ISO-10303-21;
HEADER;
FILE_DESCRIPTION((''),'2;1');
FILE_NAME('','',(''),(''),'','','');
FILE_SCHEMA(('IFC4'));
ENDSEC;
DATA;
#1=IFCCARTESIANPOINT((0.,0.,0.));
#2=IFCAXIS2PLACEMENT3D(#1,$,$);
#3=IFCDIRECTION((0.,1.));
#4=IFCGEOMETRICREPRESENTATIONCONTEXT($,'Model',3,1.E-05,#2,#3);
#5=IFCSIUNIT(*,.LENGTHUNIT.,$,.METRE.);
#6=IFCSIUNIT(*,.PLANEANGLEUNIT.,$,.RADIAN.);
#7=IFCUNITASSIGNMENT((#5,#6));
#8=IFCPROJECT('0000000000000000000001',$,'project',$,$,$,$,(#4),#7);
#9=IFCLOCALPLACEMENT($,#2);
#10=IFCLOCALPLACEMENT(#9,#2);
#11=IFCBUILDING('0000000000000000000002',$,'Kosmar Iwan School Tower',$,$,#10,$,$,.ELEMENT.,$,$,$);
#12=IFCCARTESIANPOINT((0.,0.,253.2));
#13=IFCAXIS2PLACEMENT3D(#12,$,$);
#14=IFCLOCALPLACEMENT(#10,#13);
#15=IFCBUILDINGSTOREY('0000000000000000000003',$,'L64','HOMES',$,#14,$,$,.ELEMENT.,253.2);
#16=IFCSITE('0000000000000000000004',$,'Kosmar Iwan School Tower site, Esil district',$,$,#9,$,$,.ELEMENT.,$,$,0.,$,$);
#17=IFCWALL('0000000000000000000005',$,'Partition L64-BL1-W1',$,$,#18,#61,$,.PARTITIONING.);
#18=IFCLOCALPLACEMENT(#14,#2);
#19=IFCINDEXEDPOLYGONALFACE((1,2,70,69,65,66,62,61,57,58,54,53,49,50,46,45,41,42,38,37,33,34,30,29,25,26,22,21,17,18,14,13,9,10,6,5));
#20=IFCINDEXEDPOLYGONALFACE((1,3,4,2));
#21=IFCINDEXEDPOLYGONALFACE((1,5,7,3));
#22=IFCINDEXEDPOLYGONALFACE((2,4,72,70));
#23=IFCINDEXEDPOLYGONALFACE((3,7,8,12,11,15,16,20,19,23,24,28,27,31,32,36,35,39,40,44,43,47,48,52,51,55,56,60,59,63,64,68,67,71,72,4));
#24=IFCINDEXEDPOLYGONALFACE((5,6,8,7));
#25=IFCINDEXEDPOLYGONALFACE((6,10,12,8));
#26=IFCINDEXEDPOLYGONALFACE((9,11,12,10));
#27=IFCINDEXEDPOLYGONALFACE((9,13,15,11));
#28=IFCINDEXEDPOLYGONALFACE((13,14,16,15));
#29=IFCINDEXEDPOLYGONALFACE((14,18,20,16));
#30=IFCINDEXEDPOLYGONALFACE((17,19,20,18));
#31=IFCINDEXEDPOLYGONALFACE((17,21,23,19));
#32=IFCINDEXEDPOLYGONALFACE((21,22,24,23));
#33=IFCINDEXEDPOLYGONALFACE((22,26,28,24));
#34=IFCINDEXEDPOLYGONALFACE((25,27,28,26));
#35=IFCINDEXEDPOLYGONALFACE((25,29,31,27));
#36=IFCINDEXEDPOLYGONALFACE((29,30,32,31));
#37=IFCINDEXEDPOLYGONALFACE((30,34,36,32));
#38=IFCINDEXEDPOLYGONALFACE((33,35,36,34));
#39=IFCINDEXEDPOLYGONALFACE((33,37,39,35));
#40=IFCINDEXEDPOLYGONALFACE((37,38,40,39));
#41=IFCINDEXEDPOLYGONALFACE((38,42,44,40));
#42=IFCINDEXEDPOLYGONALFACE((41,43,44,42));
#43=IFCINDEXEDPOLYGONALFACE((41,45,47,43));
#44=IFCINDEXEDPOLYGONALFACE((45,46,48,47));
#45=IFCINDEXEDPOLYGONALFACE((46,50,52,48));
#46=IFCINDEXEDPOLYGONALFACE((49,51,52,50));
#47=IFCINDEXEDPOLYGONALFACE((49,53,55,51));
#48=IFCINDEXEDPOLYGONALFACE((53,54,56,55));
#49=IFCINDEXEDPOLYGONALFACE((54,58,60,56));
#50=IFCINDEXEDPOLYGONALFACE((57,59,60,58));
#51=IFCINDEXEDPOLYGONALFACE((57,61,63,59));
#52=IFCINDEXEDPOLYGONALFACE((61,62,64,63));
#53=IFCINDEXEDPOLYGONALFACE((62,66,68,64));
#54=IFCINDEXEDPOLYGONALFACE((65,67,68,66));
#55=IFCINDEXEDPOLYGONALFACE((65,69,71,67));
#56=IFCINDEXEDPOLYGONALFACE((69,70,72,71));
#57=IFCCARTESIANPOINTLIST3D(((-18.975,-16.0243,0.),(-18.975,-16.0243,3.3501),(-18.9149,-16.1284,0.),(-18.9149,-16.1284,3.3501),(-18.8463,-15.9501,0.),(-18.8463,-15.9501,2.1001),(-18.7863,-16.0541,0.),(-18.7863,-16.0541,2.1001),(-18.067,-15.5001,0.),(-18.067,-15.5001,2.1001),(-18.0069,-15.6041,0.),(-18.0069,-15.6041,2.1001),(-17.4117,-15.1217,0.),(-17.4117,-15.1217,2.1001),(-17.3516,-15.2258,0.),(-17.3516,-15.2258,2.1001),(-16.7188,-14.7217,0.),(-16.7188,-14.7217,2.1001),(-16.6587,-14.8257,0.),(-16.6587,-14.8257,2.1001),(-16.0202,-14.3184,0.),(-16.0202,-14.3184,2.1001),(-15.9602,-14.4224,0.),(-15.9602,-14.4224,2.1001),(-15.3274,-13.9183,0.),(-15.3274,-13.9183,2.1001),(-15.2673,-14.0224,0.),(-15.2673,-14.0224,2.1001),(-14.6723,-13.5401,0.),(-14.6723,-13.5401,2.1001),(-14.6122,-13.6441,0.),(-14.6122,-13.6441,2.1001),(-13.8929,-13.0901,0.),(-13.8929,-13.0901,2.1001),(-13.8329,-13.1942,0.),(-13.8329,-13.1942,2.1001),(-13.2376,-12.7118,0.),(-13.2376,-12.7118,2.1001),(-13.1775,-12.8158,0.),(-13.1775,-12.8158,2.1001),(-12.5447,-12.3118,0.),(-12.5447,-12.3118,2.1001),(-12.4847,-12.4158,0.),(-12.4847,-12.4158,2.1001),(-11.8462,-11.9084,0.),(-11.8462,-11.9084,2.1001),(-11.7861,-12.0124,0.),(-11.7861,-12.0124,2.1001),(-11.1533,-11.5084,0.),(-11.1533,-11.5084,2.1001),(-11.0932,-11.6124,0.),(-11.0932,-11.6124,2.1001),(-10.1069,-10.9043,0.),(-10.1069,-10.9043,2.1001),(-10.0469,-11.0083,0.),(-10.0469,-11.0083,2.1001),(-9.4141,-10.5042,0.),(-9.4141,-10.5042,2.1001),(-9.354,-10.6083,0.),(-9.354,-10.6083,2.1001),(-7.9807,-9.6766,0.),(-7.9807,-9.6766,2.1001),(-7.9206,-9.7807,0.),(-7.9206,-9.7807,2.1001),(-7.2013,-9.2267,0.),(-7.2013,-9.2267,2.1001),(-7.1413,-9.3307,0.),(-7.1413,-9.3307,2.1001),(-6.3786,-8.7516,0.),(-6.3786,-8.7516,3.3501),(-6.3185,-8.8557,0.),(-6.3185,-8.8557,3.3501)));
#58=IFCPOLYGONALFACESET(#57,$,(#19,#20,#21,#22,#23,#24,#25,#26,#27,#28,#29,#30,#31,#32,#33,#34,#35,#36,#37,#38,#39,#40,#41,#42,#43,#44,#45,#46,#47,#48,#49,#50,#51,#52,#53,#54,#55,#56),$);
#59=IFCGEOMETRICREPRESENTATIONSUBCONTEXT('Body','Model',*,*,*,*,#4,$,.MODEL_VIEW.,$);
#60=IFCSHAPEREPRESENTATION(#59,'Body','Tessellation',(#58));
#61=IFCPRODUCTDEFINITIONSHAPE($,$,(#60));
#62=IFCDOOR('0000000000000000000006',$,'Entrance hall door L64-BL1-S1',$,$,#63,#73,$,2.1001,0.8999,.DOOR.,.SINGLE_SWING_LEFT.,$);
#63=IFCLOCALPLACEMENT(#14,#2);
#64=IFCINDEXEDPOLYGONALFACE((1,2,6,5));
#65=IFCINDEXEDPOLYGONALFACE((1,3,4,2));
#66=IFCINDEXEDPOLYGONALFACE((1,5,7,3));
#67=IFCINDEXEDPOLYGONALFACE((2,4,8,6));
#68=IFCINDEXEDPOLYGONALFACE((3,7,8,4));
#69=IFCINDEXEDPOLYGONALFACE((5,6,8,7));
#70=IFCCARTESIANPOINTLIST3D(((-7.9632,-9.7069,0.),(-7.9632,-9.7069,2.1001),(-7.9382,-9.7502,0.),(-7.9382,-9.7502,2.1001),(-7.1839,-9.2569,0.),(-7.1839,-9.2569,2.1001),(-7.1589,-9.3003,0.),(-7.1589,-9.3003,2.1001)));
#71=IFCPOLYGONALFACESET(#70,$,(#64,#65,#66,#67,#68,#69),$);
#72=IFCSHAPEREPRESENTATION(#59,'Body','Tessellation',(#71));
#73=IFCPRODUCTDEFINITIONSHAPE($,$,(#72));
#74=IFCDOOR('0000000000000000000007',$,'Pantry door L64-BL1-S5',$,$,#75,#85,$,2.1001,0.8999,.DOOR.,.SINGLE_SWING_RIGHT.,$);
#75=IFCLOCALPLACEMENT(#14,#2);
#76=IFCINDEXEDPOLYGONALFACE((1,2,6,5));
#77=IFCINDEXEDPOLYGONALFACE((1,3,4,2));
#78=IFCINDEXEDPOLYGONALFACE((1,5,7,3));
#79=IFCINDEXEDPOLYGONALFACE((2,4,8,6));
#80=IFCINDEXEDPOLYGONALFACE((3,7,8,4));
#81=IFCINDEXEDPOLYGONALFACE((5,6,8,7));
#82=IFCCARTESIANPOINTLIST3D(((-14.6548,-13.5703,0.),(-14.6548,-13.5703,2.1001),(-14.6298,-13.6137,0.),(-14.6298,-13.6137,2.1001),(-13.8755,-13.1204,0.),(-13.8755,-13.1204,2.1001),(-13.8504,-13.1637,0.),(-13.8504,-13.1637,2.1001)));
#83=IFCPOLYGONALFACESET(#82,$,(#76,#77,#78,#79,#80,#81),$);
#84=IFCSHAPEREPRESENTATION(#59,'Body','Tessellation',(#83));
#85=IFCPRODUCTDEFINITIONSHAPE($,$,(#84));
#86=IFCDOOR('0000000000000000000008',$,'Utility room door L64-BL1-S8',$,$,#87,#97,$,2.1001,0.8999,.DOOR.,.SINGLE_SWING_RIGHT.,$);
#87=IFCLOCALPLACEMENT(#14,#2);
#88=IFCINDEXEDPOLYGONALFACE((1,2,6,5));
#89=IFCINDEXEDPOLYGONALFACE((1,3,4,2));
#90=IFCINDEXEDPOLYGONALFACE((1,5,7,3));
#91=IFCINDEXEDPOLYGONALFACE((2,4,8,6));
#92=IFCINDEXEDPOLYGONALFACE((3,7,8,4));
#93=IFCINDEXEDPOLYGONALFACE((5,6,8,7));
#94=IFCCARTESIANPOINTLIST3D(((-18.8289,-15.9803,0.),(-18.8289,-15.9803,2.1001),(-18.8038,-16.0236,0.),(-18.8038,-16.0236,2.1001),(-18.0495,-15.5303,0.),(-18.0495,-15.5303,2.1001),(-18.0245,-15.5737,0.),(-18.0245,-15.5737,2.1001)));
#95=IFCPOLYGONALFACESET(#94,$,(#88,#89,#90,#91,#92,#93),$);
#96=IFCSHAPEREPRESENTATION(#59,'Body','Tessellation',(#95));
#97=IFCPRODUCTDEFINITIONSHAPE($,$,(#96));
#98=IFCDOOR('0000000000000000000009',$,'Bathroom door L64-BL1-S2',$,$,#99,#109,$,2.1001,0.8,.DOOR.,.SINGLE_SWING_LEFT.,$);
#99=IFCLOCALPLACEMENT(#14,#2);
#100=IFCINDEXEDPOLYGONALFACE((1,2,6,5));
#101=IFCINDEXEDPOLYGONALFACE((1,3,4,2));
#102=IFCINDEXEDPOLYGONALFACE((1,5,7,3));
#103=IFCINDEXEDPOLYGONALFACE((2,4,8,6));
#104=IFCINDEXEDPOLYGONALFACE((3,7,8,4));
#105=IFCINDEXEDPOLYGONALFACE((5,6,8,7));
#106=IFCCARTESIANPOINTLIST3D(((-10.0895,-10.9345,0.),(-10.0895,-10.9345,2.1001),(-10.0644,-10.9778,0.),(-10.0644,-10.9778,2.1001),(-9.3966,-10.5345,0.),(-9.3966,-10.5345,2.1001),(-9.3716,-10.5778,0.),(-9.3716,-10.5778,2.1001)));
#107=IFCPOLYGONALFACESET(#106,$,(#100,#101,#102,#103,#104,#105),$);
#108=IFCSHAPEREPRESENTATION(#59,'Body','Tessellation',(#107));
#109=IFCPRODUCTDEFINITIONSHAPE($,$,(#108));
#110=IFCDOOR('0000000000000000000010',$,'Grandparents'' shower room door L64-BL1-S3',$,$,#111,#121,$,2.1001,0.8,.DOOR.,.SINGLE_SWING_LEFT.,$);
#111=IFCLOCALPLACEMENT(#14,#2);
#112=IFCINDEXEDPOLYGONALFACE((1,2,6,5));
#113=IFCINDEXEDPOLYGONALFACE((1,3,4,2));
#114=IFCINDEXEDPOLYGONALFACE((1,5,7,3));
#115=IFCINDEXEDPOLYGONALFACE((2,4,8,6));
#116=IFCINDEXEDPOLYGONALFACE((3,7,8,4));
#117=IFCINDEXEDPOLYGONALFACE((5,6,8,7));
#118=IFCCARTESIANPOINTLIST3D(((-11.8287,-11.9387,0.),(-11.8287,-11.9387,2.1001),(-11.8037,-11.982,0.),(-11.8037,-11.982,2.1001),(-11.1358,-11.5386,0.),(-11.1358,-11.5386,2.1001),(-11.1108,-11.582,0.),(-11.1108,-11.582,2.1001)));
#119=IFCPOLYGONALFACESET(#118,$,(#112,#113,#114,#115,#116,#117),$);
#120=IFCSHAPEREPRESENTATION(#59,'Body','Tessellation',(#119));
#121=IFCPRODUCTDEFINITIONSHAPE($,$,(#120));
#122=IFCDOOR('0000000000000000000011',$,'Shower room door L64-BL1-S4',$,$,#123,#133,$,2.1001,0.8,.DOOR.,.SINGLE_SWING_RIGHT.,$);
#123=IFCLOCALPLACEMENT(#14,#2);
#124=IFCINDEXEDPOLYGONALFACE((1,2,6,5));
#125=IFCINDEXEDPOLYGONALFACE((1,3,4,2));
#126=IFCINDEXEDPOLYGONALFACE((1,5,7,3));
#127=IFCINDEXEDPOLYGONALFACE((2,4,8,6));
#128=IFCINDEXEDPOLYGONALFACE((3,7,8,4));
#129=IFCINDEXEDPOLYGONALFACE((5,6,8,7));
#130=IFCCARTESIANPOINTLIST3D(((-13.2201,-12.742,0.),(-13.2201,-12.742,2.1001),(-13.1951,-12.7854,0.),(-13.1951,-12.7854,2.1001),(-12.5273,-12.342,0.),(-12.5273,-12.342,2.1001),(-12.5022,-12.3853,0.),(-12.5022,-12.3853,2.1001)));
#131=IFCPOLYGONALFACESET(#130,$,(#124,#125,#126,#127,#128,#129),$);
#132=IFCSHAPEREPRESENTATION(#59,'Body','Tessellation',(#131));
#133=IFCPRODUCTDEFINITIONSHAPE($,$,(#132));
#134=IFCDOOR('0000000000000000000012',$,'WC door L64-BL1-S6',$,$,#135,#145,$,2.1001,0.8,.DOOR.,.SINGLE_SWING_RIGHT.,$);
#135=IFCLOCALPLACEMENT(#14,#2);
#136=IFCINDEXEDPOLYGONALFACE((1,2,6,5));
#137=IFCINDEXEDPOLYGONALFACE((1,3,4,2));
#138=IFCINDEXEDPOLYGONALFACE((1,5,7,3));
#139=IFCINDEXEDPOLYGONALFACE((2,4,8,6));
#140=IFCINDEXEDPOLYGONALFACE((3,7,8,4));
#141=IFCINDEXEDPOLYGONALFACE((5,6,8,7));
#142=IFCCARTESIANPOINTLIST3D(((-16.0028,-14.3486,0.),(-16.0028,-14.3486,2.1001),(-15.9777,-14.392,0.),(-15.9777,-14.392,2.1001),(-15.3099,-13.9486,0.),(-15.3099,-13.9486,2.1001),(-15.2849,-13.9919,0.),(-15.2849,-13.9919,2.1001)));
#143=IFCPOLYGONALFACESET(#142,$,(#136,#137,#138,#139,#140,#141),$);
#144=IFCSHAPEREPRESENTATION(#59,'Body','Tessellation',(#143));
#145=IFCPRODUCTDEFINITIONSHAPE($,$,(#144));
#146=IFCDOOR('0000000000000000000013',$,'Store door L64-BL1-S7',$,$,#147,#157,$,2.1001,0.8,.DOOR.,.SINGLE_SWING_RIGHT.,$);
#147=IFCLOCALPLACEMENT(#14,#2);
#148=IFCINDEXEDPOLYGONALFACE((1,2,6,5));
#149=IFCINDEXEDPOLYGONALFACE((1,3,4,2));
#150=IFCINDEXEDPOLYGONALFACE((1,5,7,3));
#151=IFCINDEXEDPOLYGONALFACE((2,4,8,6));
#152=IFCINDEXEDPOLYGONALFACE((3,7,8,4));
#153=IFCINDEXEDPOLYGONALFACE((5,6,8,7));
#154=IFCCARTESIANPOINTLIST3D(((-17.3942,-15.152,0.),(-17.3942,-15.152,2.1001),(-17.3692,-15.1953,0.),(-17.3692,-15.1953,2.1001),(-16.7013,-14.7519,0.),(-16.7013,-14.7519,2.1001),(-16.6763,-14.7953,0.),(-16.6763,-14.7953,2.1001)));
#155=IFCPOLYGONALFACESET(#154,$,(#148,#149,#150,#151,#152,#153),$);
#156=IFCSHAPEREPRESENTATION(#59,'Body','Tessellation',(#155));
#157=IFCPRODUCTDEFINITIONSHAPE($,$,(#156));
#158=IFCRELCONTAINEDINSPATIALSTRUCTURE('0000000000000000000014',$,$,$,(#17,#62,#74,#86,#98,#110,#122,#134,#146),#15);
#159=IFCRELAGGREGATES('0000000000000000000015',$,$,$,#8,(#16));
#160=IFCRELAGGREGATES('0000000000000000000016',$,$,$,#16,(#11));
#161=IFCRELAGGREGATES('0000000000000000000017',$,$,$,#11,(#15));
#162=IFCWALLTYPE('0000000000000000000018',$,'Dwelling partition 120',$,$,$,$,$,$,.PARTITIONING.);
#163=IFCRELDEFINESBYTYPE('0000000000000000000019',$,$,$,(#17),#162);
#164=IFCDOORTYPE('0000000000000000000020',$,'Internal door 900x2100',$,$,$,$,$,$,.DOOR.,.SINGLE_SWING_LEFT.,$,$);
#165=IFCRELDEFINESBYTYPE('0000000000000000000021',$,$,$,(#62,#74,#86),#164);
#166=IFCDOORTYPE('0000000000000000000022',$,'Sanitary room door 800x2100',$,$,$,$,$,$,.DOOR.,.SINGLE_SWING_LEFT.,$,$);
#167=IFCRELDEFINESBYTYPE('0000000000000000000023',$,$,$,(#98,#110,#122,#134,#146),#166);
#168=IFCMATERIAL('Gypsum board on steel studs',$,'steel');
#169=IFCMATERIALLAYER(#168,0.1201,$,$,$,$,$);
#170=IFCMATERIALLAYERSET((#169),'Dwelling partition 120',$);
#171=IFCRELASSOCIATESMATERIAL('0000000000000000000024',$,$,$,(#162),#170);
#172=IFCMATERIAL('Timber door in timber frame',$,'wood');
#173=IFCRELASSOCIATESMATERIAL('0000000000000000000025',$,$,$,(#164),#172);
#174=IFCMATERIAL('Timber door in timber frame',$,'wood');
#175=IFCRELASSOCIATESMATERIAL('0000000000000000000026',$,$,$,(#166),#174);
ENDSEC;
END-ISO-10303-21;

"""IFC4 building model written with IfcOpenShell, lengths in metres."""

from ifc_helpers import new_model, si_unit, direction, frame, frame_2d, origin, place, context, subcontext, project, spatial, rectangle, extrude, material, layer, layer_set, type_object, element, fill, save


model = new_model("IFC4")

# Units and contexts
model_context = context("Model", 3, precision=1e-05, world=origin(), true_north=direction((0.0, 1.0)))
body_context = subcontext(model_context, "Body", "Model", "MODEL_VIEW")
ifc_project = project(units=[si_unit("LENGTHUNIT", "METRE"), si_unit("PLANEANGLEUNIT", "RADIAN")], contexts=[model_context])

# Site, building, storey
site_placement = place(None, origin())
site = spatial("IfcSite", under=ifc_project, at=site_placement, Name="Kosmar Iwan School Tower site, Esil district", CompositionType="ELEMENT", RefElevation=0.0)
building_placement = place(site_placement, origin())
building = spatial("IfcBuilding", under=site, at=building_placement, Name="Kosmar Iwan School Tower", CompositionType="ELEMENT")
storey_placement = place(building_placement, frame((0.0, 0.0, 253.2)))
storey = spatial("IfcBuildingStorey", under=building, at=storey_placement, Name="L64", Description="HOMES", CompositionType="ELEMENT", Elevation=253.2)

# Wall, openings, doors
ifc_material_1 = material(Name="Gypsum board on steel studs", Category="steel")
ifc_layer_1 = layer(ifc_material_1, 0.1201)
ifc_layer_set_1 = layer_set([ifc_layer_1], Name="Dwelling partition 120")
wall_type_1 = type_object("IfcWallType", Name="Dwelling partition 120", PredefinedType="PARTITIONING", material=ifc_layer_set_1)
wall_1_placement = place(storey_placement, frame((-6.3486, -8.8037, 0.0), z_axis=(0.0, 0.0, 1.0), x_axis=(-0.866021, -0.500008, 0.0)))
wall_1 = element("IfcWall", 1, at=wall_1_placement, inside=storey, type_object=wall_type_1, Name="Partition L64-BL1-W1", PredefinedType="PARTITIONING", context=body_context, shape_type="SweptSolid", body=[
    extrude(rectangle(XDim=14.5452, YDim=0.1201, at=frame_2d((7.2725, 0.0))), origin(), (0.0, 0.0, 1.0), 3.3501),
])
opening_1_placement = place(wall_1_placement, frame((0.95, 0.0, 0.0)))
opening_1 = element("IfcOpeningElement", 2, at=opening_1_placement, cuts=wall_1, PredefinedType="OPENING", context=body_context, shape_type="SweptSolid", body=[
    extrude(rectangle(XDim=0.8999, YDim=2.1001, at=frame_2d((0.45, 1.05))), frame((0.0, 0.072, 0.0), z_axis=(0.0, -1.0, 0.0), x_axis=(1.0, 0.0, 0.0)), (0.0, 0.0, 1.0), 0.144),
])
opening_2_placement = place(wall_1_placement, frame((3.5051, 0.0, 0.0)))
opening_2 = element("IfcOpeningElement", 3, at=opening_2_placement, cuts=wall_1, PredefinedType="OPENING", context=body_context, shape_type="SweptSolid", body=[
    extrude(rectangle(XDim=0.8, YDim=2.1001, at=frame_2d((0.3999, 1.05))), frame((0.0, 0.072, 0.0), z_axis=(0.0, -1.0, 0.0), x_axis=(1.0, 0.0, 0.0)), (0.0, 0.0, 1.0), 0.144),
])
opening_3_placement = place(wall_1_placement, frame((5.5134, 0.0, 0.0)))
opening_3 = element("IfcOpeningElement", 4, at=opening_3_placement, cuts=wall_1, PredefinedType="OPENING", context=body_context, shape_type="SweptSolid", body=[
    extrude(rectangle(XDim=0.8, YDim=2.1001, at=frame_2d((0.3999, 1.05))), frame((0.0, 0.072, 0.0), z_axis=(0.0, -1.0, 0.0), x_axis=(1.0, 0.0, 0.0)), (0.0, 0.0, 1.0), 0.144),
])
opening_4_placement = place(wall_1_placement, frame((7.1201, 0.0, 0.0)))
opening_4 = element("IfcOpeningElement", 5, at=opening_4_placement, cuts=wall_1, PredefinedType="OPENING", context=body_context, shape_type="SweptSolid", body=[
    extrude(rectangle(XDim=0.8, YDim=2.1001, at=frame_2d((0.3999, 1.05))), frame((0.0, 0.072, 0.0), z_axis=(0.0, -1.0, 0.0), x_axis=(1.0, 0.0, 0.0)), (0.0, 0.0, 1.0), 0.144),
])
opening_5_placement = place(wall_1_placement, frame((8.6768, 0.0, 0.0)))
opening_5 = element("IfcOpeningElement", 6, at=opening_5_placement, cuts=wall_1, PredefinedType="OPENING", context=body_context, shape_type="SweptSolid", body=[
    extrude(rectangle(XDim=0.8999, YDim=2.1001, at=frame_2d((0.45, 1.05))), frame((0.0, 0.072, 0.0), z_axis=(0.0, -1.0, 0.0), x_axis=(1.0, 0.0, 0.0)), (0.0, 0.0, 1.0), 0.144),
])
opening_6_placement = place(wall_1_placement, frame((10.3333, 0.0, 0.0)))
opening_6 = element("IfcOpeningElement", 7, at=opening_6_placement, cuts=wall_1, PredefinedType="OPENING", context=body_context, shape_type="SweptSolid", body=[
    extrude(rectangle(XDim=0.8, YDim=2.1001, at=frame_2d((0.3999, 1.05))), frame((0.0, 0.072, 0.0), z_axis=(0.0, -1.0, 0.0), x_axis=(1.0, 0.0, 0.0)), (0.0, 0.0, 1.0), 0.144),
])
opening_7_placement = place(wall_1_placement, frame((11.9399, 0.0, 0.0)))
opening_7 = element("IfcOpeningElement", 8, at=opening_7_placement, cuts=wall_1, PredefinedType="OPENING", context=body_context, shape_type="SweptSolid", body=[
    extrude(rectangle(XDim=0.8, YDim=2.1001, at=frame_2d((0.3999, 1.05))), frame((0.0, 0.072, 0.0), z_axis=(0.0, -1.0, 0.0), x_axis=(1.0, 0.0, 0.0)), (0.0, 0.0, 1.0), 0.144),
])
opening_8_placement = place(wall_1_placement, frame((13.4966, 0.0, 0.0)))
opening_8 = element("IfcOpeningElement", 9, at=opening_8_placement, cuts=wall_1, PredefinedType="OPENING", context=body_context, shape_type="SweptSolid", body=[
    extrude(rectangle(XDim=0.8999, YDim=2.1001, at=frame_2d((0.45, 1.05))), frame((0.0, 0.072, 0.0), z_axis=(0.0, -1.0, 0.0), x_axis=(1.0, 0.0, 0.0)), (0.0, 0.0, 1.0), 0.144),
])
ifc_material_2 = material(Name="Timber door in timber frame", Category="wood")
door_type_1 = type_object("IfcDoorType", Name="Internal door 900x2100", OperationType="SINGLE_SWING_LEFT", PredefinedType="DOOR", material=ifc_material_2)
door_1_placement = place(opening_1_placement, origin())
door_1 = element("IfcDoor", 10, at=door_1_placement, inside=storey, type_object=door_type_1, Name="Entrance hall door L64-BL1-S1", OperationType="SINGLE_SWING_LEFT", OverallHeight=2.1001, OverallWidth=0.8999, PredefinedType="DOOR", context=body_context, shape_type="SweptSolid", body=[
    extrude(rectangle(XDim=0.8999, YDim=2.1001, at=frame_2d((0.45, 1.05))), frame((0.0, 0.0249, 0.0), z_axis=(0.0, -1.0, 0.0), x_axis=(1.0, 0.0, 0.0)), (0.0, 0.0, 1.0), 0.05),
])
fill(opening_1, door_1)
door_2_placement = place(opening_5_placement, origin())
door_2 = element("IfcDoor", 11, at=door_2_placement, inside=storey, type_object=door_type_1, Name="Pantry door L64-BL1-S5", OperationType="SINGLE_SWING_RIGHT", OverallHeight=2.1001, OverallWidth=0.8999, PredefinedType="DOOR", context=body_context, shape_type="SweptSolid", body=[
    extrude(rectangle(XDim=0.8999, YDim=2.1001, at=frame_2d((0.45, 1.05))), frame((0.0, 0.0249, 0.0), z_axis=(0.0, -1.0, 0.0), x_axis=(1.0, 0.0, 0.0)), (0.0, 0.0, 1.0), 0.05),
])
fill(opening_5, door_2)
door_3_placement = place(opening_8_placement, origin())
door_3 = element("IfcDoor", 12, at=door_3_placement, inside=storey, type_object=door_type_1, Name="Utility room door L64-BL1-S8", OperationType="SINGLE_SWING_RIGHT", OverallHeight=2.1001, OverallWidth=0.8999, PredefinedType="DOOR", context=body_context, shape_type="SweptSolid", body=[
    extrude(rectangle(XDim=0.8999, YDim=2.1001, at=frame_2d((0.45, 1.05))), frame((0.0, 0.0249, 0.0), z_axis=(0.0, -1.0, 0.0), x_axis=(1.0, 0.0, 0.0)), (0.0, 0.0, 1.0), 0.05),
])
fill(opening_8, door_3)
ifc_material_3 = material(Name="Timber door in timber frame", Category="wood")
door_type_2 = type_object("IfcDoorType", Name="Sanitary room door 800x2100", OperationType="SINGLE_SWING_LEFT", PredefinedType="DOOR", material=ifc_material_3)
door_4_placement = place(opening_2_placement, origin())
door_4 = element("IfcDoor", 13, at=door_4_placement, inside=storey, type_object=door_type_2, Name="Bathroom door L64-BL1-S2", OperationType="SINGLE_SWING_LEFT", OverallHeight=2.1001, OverallWidth=0.8, PredefinedType="DOOR", context=body_context, shape_type="SweptSolid", body=[
    extrude(rectangle(XDim=0.8, YDim=2.1001, at=frame_2d((0.3999, 1.05))), frame((0.0, 0.0249, 0.0), z_axis=(0.0, -1.0, 0.0), x_axis=(1.0, 0.0, 0.0)), (0.0, 0.0, 1.0), 0.05),
])
fill(opening_2, door_4)
door_5_placement = place(opening_3_placement, origin())
door_5 = element("IfcDoor", 14, at=door_5_placement, inside=storey, type_object=door_type_2, Name="Grandparents' shower room door L64-BL1-S3", OperationType="SINGLE_SWING_LEFT", OverallHeight=2.1001, OverallWidth=0.8, PredefinedType="DOOR", context=body_context, shape_type="SweptSolid", body=[
    extrude(rectangle(XDim=0.8, YDim=2.1001, at=frame_2d((0.3999, 1.05))), frame((0.0, 0.0249, 0.0), z_axis=(0.0, -1.0, 0.0), x_axis=(1.0, 0.0, 0.0)), (0.0, 0.0, 1.0), 0.05),
])
fill(opening_3, door_5)
door_6_placement = place(opening_4_placement, origin())
door_6 = element("IfcDoor", 15, at=door_6_placement, inside=storey, type_object=door_type_2, Name="Shower room door L64-BL1-S4", OperationType="SINGLE_SWING_RIGHT", OverallHeight=2.1001, OverallWidth=0.8, PredefinedType="DOOR", context=body_context, shape_type="SweptSolid", body=[
    extrude(rectangle(XDim=0.8, YDim=2.1001, at=frame_2d((0.3999, 1.05))), frame((0.0, 0.0249, 0.0), z_axis=(0.0, -1.0, 0.0), x_axis=(1.0, 0.0, 0.0)), (0.0, 0.0, 1.0), 0.05),
])
fill(opening_4, door_6)
door_7_placement = place(opening_6_placement, origin())
door_7 = element("IfcDoor", 16, at=door_7_placement, inside=storey, type_object=door_type_2, Name="WC door L64-BL1-S6", OperationType="SINGLE_SWING_RIGHT", OverallHeight=2.1001, OverallWidth=0.8, PredefinedType="DOOR", context=body_context, shape_type="SweptSolid", body=[
    extrude(rectangle(XDim=0.8, YDim=2.1001, at=frame_2d((0.3999, 1.05))), frame((0.0, 0.0249, 0.0), z_axis=(0.0, -1.0, 0.0), x_axis=(1.0, 0.0, 0.0)), (0.0, 0.0, 1.0), 0.05),
])
fill(opening_6, door_7)
door_8_placement = place(opening_7_placement, origin())
door_8 = element("IfcDoor", 17, at=door_8_placement, inside=storey, type_object=door_type_2, Name="Store door L64-BL1-S7", OperationType="SINGLE_SWING_RIGHT", OverallHeight=2.1001, OverallWidth=0.8, PredefinedType="DOOR", context=body_context, shape_type="SweptSolid", body=[
    extrude(rectangle(XDim=0.8, YDim=2.1001, at=frame_2d((0.3999, 1.05))), frame((0.0, 0.0249, 0.0), z_axis=(0.0, -1.0, 0.0), x_axis=(1.0, 0.0, 0.0)), (0.0, 0.0, 1.0), 0.05),
])
fill(opening_7, door_8)

save(model, "model.ifc")
